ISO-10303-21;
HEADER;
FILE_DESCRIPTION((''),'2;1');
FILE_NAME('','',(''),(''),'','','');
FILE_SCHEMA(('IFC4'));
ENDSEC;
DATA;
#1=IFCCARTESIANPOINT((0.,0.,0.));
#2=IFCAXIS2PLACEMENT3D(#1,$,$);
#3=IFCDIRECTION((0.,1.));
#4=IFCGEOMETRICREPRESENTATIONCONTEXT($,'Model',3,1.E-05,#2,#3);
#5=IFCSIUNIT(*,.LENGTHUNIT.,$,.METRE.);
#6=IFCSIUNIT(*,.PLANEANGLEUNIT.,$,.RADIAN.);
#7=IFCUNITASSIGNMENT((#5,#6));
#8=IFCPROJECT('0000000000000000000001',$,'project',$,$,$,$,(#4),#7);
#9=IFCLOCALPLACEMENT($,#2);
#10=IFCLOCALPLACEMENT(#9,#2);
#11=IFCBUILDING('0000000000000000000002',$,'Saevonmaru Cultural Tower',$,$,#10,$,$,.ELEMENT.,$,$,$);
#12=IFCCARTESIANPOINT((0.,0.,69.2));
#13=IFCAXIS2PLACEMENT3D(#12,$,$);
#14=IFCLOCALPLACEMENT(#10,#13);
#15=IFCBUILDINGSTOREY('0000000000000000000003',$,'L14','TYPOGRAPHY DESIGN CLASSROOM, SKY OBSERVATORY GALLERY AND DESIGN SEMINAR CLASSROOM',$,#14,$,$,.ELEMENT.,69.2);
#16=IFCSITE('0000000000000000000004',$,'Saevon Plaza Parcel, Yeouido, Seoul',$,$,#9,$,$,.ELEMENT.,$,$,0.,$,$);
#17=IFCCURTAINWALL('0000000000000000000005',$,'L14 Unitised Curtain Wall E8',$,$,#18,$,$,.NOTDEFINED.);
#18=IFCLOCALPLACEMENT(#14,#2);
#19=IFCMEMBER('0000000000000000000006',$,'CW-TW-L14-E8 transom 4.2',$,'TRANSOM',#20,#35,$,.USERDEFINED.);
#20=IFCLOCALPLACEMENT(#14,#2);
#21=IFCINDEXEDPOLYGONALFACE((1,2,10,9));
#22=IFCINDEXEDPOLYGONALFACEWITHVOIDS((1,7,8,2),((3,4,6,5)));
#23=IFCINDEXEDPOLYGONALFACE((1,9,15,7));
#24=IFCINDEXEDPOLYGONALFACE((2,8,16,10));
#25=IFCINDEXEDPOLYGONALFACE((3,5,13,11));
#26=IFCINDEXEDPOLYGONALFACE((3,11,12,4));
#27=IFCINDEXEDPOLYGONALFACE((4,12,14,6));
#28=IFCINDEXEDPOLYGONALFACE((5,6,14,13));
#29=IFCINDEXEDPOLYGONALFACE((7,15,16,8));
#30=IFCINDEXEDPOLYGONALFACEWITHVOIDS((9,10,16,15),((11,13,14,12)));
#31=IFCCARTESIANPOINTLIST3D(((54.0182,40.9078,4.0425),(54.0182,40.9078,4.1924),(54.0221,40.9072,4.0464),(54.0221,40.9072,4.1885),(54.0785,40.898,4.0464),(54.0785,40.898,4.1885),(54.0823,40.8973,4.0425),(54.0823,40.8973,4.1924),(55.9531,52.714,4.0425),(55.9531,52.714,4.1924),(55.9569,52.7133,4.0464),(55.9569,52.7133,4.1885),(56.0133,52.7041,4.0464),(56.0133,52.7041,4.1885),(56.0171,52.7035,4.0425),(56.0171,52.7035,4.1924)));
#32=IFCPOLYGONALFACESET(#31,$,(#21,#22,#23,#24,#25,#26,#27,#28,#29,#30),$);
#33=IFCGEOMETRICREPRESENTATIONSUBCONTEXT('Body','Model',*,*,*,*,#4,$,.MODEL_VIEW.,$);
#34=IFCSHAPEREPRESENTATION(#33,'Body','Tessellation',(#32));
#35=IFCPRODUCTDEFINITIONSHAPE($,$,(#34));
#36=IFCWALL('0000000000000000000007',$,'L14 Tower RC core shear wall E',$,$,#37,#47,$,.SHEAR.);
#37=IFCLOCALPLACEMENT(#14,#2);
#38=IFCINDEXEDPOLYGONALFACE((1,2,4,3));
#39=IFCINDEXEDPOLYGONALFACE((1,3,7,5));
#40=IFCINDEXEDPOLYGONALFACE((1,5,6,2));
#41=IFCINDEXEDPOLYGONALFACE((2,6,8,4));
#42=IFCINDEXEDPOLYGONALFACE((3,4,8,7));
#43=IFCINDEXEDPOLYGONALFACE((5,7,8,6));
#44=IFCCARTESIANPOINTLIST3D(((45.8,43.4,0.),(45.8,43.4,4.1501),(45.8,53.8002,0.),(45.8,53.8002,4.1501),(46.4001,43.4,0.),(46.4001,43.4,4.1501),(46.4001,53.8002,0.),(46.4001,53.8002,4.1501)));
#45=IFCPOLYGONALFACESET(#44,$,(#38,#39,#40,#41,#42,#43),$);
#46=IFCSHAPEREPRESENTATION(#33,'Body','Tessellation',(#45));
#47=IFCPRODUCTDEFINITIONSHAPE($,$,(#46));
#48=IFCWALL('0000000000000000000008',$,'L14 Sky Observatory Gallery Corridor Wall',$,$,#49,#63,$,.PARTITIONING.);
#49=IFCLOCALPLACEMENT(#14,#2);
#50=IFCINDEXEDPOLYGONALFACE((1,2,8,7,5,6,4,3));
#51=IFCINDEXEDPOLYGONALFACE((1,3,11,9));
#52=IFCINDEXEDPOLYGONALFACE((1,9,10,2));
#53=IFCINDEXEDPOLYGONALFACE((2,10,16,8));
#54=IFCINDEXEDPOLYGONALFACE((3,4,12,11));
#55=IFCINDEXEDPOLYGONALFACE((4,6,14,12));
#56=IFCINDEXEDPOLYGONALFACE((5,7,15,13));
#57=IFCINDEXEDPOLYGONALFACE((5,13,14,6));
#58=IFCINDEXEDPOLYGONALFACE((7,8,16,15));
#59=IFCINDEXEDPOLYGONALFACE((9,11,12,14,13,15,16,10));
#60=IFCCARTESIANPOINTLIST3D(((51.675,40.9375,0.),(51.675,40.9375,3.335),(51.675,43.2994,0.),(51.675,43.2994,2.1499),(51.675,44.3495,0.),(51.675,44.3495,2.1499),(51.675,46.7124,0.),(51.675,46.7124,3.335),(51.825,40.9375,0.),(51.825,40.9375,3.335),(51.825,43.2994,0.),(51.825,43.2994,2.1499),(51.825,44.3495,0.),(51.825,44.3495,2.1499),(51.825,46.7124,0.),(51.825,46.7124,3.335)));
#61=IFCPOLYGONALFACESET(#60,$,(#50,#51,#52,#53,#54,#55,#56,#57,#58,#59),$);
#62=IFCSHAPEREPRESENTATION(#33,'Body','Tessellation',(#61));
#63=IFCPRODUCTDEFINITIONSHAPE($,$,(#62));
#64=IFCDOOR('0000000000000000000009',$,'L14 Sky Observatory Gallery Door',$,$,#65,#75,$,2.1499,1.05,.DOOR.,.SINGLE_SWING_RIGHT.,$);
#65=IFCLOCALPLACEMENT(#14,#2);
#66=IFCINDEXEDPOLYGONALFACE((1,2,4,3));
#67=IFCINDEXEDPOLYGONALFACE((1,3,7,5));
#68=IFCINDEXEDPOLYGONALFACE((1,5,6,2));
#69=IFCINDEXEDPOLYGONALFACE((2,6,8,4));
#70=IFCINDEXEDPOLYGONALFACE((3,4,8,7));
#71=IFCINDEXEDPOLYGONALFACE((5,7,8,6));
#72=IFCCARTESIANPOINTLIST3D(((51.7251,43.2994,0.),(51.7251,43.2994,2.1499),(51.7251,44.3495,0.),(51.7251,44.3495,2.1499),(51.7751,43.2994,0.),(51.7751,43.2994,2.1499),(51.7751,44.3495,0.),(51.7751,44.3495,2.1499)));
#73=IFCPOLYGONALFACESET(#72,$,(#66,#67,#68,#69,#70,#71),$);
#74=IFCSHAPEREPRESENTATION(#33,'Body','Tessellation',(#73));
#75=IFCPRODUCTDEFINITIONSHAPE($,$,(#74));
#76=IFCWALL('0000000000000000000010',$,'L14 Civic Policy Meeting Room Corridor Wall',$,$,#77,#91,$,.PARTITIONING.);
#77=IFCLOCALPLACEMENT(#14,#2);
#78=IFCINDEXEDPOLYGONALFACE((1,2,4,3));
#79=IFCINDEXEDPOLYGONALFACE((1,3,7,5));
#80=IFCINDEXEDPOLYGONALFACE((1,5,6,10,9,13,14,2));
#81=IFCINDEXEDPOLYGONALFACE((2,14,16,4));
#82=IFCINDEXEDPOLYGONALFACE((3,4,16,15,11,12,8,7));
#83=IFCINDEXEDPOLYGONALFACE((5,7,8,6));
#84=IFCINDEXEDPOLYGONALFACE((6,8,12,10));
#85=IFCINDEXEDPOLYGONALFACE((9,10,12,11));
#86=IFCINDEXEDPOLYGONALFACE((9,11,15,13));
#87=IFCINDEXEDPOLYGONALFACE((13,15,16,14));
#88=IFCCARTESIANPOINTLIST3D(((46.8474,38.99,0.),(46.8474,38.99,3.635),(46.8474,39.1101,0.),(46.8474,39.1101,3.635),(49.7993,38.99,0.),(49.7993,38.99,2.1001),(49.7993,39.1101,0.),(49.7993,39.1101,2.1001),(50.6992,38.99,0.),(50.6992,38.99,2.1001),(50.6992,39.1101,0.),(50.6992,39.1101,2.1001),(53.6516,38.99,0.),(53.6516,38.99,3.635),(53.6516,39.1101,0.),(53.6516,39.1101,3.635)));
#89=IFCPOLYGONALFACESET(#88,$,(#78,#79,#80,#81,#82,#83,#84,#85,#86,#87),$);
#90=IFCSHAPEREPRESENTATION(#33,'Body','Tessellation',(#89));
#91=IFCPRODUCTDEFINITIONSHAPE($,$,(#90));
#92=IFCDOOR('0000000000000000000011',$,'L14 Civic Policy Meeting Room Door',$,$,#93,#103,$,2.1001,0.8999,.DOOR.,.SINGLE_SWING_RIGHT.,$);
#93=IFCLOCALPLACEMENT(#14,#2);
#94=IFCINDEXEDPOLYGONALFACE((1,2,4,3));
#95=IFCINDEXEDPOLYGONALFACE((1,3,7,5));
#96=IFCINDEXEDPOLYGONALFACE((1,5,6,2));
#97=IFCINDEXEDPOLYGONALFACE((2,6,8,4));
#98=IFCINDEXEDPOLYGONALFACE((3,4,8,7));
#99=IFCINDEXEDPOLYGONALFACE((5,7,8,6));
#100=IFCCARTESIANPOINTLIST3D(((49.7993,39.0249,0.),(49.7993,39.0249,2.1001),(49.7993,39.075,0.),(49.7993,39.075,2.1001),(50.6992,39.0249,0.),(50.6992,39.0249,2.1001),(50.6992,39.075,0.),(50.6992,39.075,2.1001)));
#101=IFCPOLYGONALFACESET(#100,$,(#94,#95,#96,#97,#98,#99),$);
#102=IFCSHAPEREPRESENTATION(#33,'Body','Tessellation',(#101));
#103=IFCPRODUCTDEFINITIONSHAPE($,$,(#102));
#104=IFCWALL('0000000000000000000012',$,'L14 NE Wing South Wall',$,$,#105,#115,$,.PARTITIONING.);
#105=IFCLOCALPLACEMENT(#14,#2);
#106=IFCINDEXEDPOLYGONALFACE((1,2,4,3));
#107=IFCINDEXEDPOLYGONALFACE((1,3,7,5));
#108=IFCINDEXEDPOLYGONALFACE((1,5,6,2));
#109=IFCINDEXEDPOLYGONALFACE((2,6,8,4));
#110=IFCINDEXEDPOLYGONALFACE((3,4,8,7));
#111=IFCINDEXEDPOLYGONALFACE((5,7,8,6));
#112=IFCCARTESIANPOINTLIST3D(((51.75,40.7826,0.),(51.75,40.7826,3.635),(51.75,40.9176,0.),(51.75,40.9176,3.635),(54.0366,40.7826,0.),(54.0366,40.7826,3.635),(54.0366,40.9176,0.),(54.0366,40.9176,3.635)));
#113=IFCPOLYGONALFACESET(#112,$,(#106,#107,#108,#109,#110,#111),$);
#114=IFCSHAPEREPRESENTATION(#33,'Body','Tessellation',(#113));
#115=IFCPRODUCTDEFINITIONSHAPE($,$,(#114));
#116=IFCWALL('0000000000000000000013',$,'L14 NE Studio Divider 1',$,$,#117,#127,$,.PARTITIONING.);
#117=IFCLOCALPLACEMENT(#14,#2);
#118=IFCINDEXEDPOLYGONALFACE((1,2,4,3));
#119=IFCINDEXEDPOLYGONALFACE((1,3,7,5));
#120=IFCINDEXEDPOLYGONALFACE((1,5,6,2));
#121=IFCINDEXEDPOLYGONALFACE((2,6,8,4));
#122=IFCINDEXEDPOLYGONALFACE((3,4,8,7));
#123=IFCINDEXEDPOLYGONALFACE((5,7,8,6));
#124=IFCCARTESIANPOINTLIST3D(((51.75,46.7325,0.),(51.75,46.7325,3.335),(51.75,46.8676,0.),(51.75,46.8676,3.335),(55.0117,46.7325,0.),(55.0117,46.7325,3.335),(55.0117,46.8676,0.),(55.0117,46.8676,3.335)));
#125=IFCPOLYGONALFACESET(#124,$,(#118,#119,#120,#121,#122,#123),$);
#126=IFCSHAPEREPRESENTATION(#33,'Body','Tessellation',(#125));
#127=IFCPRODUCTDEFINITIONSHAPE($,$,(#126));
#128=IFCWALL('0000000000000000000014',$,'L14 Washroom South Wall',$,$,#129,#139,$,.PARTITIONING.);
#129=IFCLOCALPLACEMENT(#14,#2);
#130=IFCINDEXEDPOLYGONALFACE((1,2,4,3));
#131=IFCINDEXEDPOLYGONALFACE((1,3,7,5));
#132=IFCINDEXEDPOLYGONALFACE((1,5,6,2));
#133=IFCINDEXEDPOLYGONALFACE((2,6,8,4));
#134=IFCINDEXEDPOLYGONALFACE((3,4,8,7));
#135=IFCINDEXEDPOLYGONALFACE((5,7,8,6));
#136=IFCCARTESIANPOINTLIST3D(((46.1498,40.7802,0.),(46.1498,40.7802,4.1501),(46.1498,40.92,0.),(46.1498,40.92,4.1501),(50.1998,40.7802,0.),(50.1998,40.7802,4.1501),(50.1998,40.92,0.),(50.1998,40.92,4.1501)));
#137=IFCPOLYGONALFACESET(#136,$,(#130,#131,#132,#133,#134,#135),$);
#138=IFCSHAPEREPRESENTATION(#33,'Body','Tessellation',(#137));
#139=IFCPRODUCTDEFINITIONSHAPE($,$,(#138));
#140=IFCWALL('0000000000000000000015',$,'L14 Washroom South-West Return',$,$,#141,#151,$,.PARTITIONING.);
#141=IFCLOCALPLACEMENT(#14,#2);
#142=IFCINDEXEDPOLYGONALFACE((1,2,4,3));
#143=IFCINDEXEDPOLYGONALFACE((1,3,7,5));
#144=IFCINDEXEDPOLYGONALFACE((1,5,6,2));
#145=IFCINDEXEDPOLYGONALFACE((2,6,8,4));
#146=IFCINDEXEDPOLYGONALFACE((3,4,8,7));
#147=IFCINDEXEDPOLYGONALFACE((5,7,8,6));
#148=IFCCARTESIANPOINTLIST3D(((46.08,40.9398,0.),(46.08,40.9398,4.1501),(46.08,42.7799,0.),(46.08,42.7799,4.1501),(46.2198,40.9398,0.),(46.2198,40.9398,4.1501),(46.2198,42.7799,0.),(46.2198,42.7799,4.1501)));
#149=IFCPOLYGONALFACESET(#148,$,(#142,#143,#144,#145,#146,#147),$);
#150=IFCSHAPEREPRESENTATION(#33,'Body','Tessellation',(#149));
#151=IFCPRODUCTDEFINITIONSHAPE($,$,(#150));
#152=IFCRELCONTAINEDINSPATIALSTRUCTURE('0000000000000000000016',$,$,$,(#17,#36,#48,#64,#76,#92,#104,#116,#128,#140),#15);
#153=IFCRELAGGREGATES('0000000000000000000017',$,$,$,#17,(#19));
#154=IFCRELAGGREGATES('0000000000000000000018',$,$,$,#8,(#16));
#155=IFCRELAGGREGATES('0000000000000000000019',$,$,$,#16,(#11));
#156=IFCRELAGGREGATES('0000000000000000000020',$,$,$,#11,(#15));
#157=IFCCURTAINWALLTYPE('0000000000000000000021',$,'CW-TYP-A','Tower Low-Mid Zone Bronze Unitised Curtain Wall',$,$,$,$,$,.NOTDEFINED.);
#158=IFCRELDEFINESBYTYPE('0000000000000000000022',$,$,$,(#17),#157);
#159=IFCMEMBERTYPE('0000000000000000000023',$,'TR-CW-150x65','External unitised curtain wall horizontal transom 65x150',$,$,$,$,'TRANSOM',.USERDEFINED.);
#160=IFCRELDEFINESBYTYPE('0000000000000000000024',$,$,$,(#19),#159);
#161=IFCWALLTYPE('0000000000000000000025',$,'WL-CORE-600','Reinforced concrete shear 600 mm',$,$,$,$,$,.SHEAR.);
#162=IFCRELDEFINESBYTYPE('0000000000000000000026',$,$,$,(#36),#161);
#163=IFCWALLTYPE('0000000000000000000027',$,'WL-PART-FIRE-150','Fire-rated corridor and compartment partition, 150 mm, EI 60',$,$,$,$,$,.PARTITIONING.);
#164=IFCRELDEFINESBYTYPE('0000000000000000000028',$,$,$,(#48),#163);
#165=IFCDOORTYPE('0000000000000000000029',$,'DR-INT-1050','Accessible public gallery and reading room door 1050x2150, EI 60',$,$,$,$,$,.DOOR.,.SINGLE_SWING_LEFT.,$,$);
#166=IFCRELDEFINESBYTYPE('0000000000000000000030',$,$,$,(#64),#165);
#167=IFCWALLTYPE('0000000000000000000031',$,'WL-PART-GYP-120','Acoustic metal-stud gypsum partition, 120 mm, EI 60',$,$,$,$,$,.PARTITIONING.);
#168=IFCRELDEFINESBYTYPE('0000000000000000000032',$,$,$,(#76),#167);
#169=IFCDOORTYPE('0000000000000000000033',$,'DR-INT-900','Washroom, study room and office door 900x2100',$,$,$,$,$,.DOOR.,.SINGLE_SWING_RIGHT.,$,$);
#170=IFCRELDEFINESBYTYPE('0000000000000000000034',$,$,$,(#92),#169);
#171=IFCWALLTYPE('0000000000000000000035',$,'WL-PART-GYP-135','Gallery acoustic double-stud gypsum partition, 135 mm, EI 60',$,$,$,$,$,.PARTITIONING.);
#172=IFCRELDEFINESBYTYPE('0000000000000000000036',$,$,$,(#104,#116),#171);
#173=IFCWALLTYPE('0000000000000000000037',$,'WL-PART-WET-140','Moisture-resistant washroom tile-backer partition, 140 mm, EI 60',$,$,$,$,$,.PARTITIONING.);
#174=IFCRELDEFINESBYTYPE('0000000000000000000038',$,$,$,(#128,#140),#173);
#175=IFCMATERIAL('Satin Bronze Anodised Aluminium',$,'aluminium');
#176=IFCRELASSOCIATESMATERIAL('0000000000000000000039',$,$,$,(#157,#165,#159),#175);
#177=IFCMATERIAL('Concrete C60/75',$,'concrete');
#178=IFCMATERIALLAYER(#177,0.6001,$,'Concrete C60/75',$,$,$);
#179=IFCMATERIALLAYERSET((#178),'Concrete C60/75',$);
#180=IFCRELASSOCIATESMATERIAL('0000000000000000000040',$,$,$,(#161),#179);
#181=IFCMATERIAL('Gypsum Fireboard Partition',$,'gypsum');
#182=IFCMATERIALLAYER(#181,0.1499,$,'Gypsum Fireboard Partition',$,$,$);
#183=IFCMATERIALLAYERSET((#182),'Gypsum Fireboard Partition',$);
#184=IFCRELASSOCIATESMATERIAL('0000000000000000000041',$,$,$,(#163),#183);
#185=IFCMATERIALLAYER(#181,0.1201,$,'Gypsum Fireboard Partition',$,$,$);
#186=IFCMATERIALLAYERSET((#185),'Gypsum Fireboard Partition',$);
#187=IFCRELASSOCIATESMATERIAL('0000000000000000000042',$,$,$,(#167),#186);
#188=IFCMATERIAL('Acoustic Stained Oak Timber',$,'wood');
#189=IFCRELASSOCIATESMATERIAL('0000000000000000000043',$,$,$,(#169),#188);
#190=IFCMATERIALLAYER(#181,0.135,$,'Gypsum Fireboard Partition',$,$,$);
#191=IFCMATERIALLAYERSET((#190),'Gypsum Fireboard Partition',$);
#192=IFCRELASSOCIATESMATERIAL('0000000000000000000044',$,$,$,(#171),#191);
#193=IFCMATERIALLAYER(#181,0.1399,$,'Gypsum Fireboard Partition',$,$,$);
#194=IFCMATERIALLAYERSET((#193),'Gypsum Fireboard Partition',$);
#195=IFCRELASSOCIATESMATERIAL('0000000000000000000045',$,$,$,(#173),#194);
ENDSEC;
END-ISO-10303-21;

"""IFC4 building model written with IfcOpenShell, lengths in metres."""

from ifc_helpers import new_model, si_unit, direction, frame, frame_2d, origin, origin_2d, place, context, subcontext, project, spatial, rectangle, hollow_rectangle, extrude, material, layer, layer_set, material_profile, profile_set, type_object, element, fill, aggregate, save


model = new_model("IFC4")

# Units and contexts
model_context = context("Model", 3, precision=1e-05, world=origin(), true_north=direction((0.0, 1.0)))
body_context = subcontext(model_context, "Body", "Model", "MODEL_VIEW")
ifc_project = project(units=[si_unit("LENGTHUNIT", "METRE"), si_unit("PLANEANGLEUNIT", "RADIAN")], contexts=[model_context])

# Site, building, storey
site_placement = place(None, origin())
site = spatial("IfcSite", under=ifc_project, at=site_placement, Name="Saevon Plaza Parcel, Yeouido, Seoul", CompositionType="ELEMENT", RefElevation=0.0)
building_placement = place(site_placement, origin())
building = spatial("IfcBuilding", under=site, at=building_placement, Name="Saevonmaru Cultural Tower", CompositionType="ELEMENT")
storey_placement = place(building_placement, frame((0.0, 0.0, 69.2)))
storey = spatial("IfcBuildingStorey", under=building, at=storey_placement, Name="L14", Description="TYPOGRAPHY DESIGN CLASSROOM, SKY OBSERVATORY GALLERY AND DESIGN SEMINAR CLASSROOM", CompositionType="ELEMENT", Elevation=69.2)

# Curtain wall, member
ifc_material_1 = material(Name="Satin Bronze Anodised Aluminium", Category="aluminium")
curtain_wall_type = type_object("IfcCurtainWallType", Name="CW-TYP-A", Description="Tower Low-Mid Zone Bronze Unitised Curtain Wall", PredefinedType="NOTDEFINED", material=ifc_material_1)
curtain_wall_placement = place(storey_placement, origin())
curtain_wall = element("IfcCurtainWall", 1, at=curtain_wall_placement, inside=storey, type_object=curtain_wall_type, Name="L14 Unitised Curtain Wall E8", PredefinedType="NOTDEFINED")
ifc_material_profile_1 = material_profile(ifc_material_1, hollow_rectangle(XDim=0.0649, YDim=0.1499, WallThickness=0.0039, at=origin_2d()), Name="ALU-TRAN-150x65x4")
ifc_profile_set_1 = profile_set([ifc_material_profile_1], Name="Satin Bronze Anodised Aluminium")
member_type_1 = type_object("IfcMemberType", Name="TR-CW-150x65", Description="External unitised curtain wall horizontal transom 65x150", ElementType="TRANSOM", PredefinedType="USERDEFINED", material=ifc_profile_set_1)
member_1_placement = place(storey_placement, frame((54.0503, 40.9026, 4.1174), z_axis=(0.161725, 0.986836, 0.0), x_axis=(-0.986836, 0.161725, 0.0)))
member_1 = element("IfcMember", 2, at=member_1_placement, type_object=member_type_1, Name="CW-TW-L14-E8 transom 4.2", ObjectType="TRANSOM", PredefinedType="USERDEFINED", context=body_context, shape_type="SweptSolid", body=[
    extrude(hollow_rectangle(XDim=0.0649, YDim=0.1499, WallThickness=0.0039, at=origin_2d()), origin(), (0.0, 0.0, 1.0), 11.9636),
])
aggregate(curtain_wall, [member_1])

# Wall
ifc_material_2 = material(Name="Concrete C60/75", Category="concrete")
ifc_layer_1 = layer(ifc_material_2, 0.6001, Name="Concrete C60/75")
ifc_layer_set_1 = layer_set([ifc_layer_1], Name="Concrete C60/75")
wall_type_1 = type_object("IfcWallType", Name="WL-CORE-600", Description="Reinforced concrete shear 600 mm", PredefinedType="SHEAR", material=ifc_layer_set_1)
wall_1_placement = place(storey_placement, frame((46.1001, 43.3999, 0.0), z_axis=(0.0, 0.0, 1.0), x_axis=(0.0, 1.0, 0.0)))
element("IfcWall", 3, at=wall_1_placement, inside=storey, type_object=wall_type_1, Name="L14 Tower RC core shear wall E", PredefinedType="SHEAR", context=body_context, shape_type="SweptSolid", body=[
    extrude(rectangle(XDim=10.4001, YDim=0.6001, at=frame_2d((5.2002, 0.0))), origin(), (0.0, 0.0, 1.0), 4.1501),
])

# Walls, openings, doors
ifc_material_3 = material(Name="Gypsum Fireboard Partition", Category="gypsum")
ifc_layer_2 = layer(ifc_material_3, 0.1499, Name="Gypsum Fireboard Partition")
ifc_layer_set_2 = layer_set([ifc_layer_2], Name="Gypsum Fireboard Partition")
wall_type_2 = type_object("IfcWallType", Name="WL-PART-FIRE-150", Description="Fire-rated corridor and compartment partition, 150 mm, EI 60", PredefinedType="PARTITIONING", material=ifc_layer_set_2)
wall_2_placement = place(storey_placement, frame((51.75, 40.9375, 0.0), z_axis=(0.0, 0.0, 1.0), x_axis=(0.0, 1.0, 0.0)))
wall_2 = element("IfcWall", 4, at=wall_2_placement, inside=storey, type_object=wall_type_2, Name="L14 Sky Observatory Gallery Corridor Wall", PredefinedType="PARTITIONING", context=body_context, shape_type="SweptSolid", body=[
    extrude(rectangle(XDim=5.7749, YDim=0.1499, at=frame_2d((2.8875, 0.0))), origin(), (0.0, 0.0, 1.0), 3.335),
])
opening_1_placement = place(wall_2_placement, frame((2.3621, 0.0, 0.0)))
opening_1 = element("IfcOpeningElement", 5, at=opening_1_placement, cuts=wall_2, PredefinedType="OPENING", context=body_context, shape_type="SweptSolid", body=[
    extrude(rectangle(XDim=1.05, YDim=2.1499, at=frame_2d((0.5249, 1.075))), frame((0.0, 0.085, 0.0), z_axis=(0.0, -1.0, 0.0), x_axis=(1.0, 0.0, 0.0)), (0.0, 0.0, 1.0), 0.1699),
])
door_type_1 = type_object("IfcDoorType", Name="DR-INT-1050", Description="Accessible public gallery and reading room door 1050x2150, EI 60", OperationType="SINGLE_SWING_LEFT", PredefinedType="DOOR", material=ifc_material_1)
door_1_placement = place(opening_1_placement, origin())
door_1 = element("IfcDoor", 6, at=door_1_placement, inside=storey, type_object=door_type_1, Name="L14 Sky Observatory Gallery Door", OperationType="SINGLE_SWING_RIGHT", OverallHeight=2.1499, OverallWidth=1.05, PredefinedType="DOOR", context=body_context, shape_type="SweptSolid", body=[
    extrude(rectangle(XDim=1.05, YDim=2.1499, at=frame_2d((0.5249, 1.075))), frame((0.0, 0.0249, 0.0), z_axis=(0.0, -1.0, 0.0), x_axis=(1.0, 0.0, 0.0)), (0.0, 0.0, 1.0), 0.05),
])
fill(opening_1, door_1)
ifc_layer_3 = layer(ifc_material_3, 0.1201, Name="Gypsum Fireboard Partition")
ifc_layer_set_3 = layer_set([ifc_layer_3], Name="Gypsum Fireboard Partition")
wall_type_3 = type_object("IfcWallType", Name="WL-PART-GYP-120", Description="Acoustic metal-stud gypsum partition, 120 mm, EI 60", PredefinedType="PARTITIONING", material=ifc_layer_set_3)
wall_3_placement = place(storey_placement, frame((46.8474, 39.05, 0.0), z_axis=(0.0, 0.0, 1.0), x_axis=(1.0, 0.0, 0.0)))
wall_3 = element("IfcWall", 7, at=wall_3_placement, inside=storey, type_object=wall_type_3, Name="L14 Civic Policy Meeting Room Corridor Wall", PredefinedType="PARTITIONING", context=body_context, shape_type="SweptSolid", body=[
    extrude(rectangle(XDim=6.8042, YDim=0.1201, at=frame_2d((3.4021, 0.0))), origin(), (0.0, 0.0, 1.0), 3.635),
])
opening_2_placement = place(wall_3_placement, frame((2.9519, 0.0, 0.0)))
opening_2 = element("IfcOpeningElement", 8, at=opening_2_placement, cuts=wall_3, PredefinedType="OPENING", context=body_context, shape_type="SweptSolid", body=[
    extrude(rectangle(XDim=0.8999, YDim=2.1001, at=frame_2d((0.45, 1.05))), frame((0.0, 0.0701, 0.0), z_axis=(0.0, -1.0, 0.0), x_axis=(1.0, 0.0, 0.0)), (0.0, 0.0, 1.0), 0.1401),
])
ifc_material_4 = material(Name="Acoustic Stained Oak Timber", Category="wood")
door_type_2 = type_object("IfcDoorType", Name="DR-INT-900", Description="Washroom, study room and office door 900x2100", OperationType="SINGLE_SWING_RIGHT", PredefinedType="DOOR", material=ifc_material_4)
door_2_placement = place(opening_2_placement, origin())
door_2 = element("IfcDoor", 9, at=door_2_placement, inside=storey, type_object=door_type_2, Name="L14 Civic Policy Meeting Room Door", OperationType="SINGLE_SWING_RIGHT", OverallHeight=2.1001, OverallWidth=0.8999, PredefinedType="DOOR", context=body_context, shape_type="SweptSolid", body=[
    extrude(rectangle(XDim=0.8999, YDim=2.1001, at=frame_2d((0.45, 1.05))), frame((0.0, 0.0249, 0.0), z_axis=(0.0, -1.0, 0.0), x_axis=(1.0, 0.0, 0.0)), (0.0, 0.0, 1.0), 0.05),
])
fill(opening_2, door_2)

# Walls
ifc_layer_4 = layer(ifc_material_3, 0.135, Name="Gypsum Fireboard Partition")
ifc_layer_set_4 = layer_set([ifc_layer_4], Name="Gypsum Fireboard Partition")
wall_type_4 = type_object("IfcWallType", Name="WL-PART-GYP-135", Description="Gallery acoustic double-stud gypsum partition, 135 mm, EI 60", PredefinedType="PARTITIONING", material=ifc_layer_set_4)
wall_4_placement = place(storey_placement, frame((51.75, 40.8501, 0.0), z_axis=(0.0, 0.0, 1.0), x_axis=(1.0, 0.0, 0.0)))
element("IfcWall", 10, at=wall_4_placement, inside=storey, type_object=wall_type_4, Name="L14 NE Wing South Wall", PredefinedType="PARTITIONING", context=body_context, shape_type="SweptSolid", body=[
    extrude(rectangle(XDim=2.2866, YDim=0.135, at=frame_2d((1.1433, 0.0))), origin(), (0.0, 0.0, 1.0), 3.635),
])
wall_5_placement = place(storey_placement, frame((51.75, 46.8, 0.0), z_axis=(0.0, 0.0, 1.0), x_axis=(1.0, 0.0, 0.0)))
element("IfcWall", 11, at=wall_5_placement, inside=storey, type_object=wall_type_4, Name="L14 NE Studio Divider 1", PredefinedType="PARTITIONING", context=body_context, shape_type="SweptSolid", body=[
    extrude(rectangle(XDim=3.2617, YDim=0.135, at=frame_2d((1.6309, 0.0))), origin(), (0.0, 0.0, 1.0), 3.335),
])
ifc_layer_5 = layer(ifc_material_3, 0.1399, Name="Gypsum Fireboard Partition")
ifc_layer_set_5 = layer_set([ifc_layer_5], Name="Gypsum Fireboard Partition")
wall_type_5 = type_object("IfcWallType", Name="WL-PART-WET-140", Description="Moisture-resistant washroom tile-backer partition, 140 mm, EI 60", PredefinedType="PARTITIONING", material=ifc_layer_set_5)
wall_6_placement = place(storey_placement, frame((46.1499, 40.8501, 0.0), z_axis=(0.0, 0.0, 1.0), x_axis=(1.0, 0.0, 0.0)))
element("IfcWall", 12, at=wall_6_placement, inside=storey, type_object=wall_type_5, Name="L14 Washroom South Wall", PredefinedType="PARTITIONING", context=body_context, shape_type="SweptSolid", body=[
    extrude(rectangle(XDim=4.05, YDim=0.1399, at=frame_2d((2.0249, 0.0))), origin(), (0.0, 0.0, 1.0), 4.1501),
])
wall_7_placement = place(storey_placement, frame((46.1499, 40.9399, 0.0), z_axis=(0.0, 0.0, 1.0), x_axis=(0.0, 1.0, 0.0)))
element("IfcWall", 13, at=wall_7_placement, inside=storey, type_object=wall_type_5, Name="L14 Washroom South-West Return", PredefinedType="PARTITIONING", context=body_context, shape_type="SweptSolid", body=[
    extrude(rectangle(XDim=1.8401, YDim=0.1399, at=frame_2d((0.9199, 0.0))), origin(), (0.0, 0.0, 1.0), 4.1501),
])

save(model, "model.ifc")
